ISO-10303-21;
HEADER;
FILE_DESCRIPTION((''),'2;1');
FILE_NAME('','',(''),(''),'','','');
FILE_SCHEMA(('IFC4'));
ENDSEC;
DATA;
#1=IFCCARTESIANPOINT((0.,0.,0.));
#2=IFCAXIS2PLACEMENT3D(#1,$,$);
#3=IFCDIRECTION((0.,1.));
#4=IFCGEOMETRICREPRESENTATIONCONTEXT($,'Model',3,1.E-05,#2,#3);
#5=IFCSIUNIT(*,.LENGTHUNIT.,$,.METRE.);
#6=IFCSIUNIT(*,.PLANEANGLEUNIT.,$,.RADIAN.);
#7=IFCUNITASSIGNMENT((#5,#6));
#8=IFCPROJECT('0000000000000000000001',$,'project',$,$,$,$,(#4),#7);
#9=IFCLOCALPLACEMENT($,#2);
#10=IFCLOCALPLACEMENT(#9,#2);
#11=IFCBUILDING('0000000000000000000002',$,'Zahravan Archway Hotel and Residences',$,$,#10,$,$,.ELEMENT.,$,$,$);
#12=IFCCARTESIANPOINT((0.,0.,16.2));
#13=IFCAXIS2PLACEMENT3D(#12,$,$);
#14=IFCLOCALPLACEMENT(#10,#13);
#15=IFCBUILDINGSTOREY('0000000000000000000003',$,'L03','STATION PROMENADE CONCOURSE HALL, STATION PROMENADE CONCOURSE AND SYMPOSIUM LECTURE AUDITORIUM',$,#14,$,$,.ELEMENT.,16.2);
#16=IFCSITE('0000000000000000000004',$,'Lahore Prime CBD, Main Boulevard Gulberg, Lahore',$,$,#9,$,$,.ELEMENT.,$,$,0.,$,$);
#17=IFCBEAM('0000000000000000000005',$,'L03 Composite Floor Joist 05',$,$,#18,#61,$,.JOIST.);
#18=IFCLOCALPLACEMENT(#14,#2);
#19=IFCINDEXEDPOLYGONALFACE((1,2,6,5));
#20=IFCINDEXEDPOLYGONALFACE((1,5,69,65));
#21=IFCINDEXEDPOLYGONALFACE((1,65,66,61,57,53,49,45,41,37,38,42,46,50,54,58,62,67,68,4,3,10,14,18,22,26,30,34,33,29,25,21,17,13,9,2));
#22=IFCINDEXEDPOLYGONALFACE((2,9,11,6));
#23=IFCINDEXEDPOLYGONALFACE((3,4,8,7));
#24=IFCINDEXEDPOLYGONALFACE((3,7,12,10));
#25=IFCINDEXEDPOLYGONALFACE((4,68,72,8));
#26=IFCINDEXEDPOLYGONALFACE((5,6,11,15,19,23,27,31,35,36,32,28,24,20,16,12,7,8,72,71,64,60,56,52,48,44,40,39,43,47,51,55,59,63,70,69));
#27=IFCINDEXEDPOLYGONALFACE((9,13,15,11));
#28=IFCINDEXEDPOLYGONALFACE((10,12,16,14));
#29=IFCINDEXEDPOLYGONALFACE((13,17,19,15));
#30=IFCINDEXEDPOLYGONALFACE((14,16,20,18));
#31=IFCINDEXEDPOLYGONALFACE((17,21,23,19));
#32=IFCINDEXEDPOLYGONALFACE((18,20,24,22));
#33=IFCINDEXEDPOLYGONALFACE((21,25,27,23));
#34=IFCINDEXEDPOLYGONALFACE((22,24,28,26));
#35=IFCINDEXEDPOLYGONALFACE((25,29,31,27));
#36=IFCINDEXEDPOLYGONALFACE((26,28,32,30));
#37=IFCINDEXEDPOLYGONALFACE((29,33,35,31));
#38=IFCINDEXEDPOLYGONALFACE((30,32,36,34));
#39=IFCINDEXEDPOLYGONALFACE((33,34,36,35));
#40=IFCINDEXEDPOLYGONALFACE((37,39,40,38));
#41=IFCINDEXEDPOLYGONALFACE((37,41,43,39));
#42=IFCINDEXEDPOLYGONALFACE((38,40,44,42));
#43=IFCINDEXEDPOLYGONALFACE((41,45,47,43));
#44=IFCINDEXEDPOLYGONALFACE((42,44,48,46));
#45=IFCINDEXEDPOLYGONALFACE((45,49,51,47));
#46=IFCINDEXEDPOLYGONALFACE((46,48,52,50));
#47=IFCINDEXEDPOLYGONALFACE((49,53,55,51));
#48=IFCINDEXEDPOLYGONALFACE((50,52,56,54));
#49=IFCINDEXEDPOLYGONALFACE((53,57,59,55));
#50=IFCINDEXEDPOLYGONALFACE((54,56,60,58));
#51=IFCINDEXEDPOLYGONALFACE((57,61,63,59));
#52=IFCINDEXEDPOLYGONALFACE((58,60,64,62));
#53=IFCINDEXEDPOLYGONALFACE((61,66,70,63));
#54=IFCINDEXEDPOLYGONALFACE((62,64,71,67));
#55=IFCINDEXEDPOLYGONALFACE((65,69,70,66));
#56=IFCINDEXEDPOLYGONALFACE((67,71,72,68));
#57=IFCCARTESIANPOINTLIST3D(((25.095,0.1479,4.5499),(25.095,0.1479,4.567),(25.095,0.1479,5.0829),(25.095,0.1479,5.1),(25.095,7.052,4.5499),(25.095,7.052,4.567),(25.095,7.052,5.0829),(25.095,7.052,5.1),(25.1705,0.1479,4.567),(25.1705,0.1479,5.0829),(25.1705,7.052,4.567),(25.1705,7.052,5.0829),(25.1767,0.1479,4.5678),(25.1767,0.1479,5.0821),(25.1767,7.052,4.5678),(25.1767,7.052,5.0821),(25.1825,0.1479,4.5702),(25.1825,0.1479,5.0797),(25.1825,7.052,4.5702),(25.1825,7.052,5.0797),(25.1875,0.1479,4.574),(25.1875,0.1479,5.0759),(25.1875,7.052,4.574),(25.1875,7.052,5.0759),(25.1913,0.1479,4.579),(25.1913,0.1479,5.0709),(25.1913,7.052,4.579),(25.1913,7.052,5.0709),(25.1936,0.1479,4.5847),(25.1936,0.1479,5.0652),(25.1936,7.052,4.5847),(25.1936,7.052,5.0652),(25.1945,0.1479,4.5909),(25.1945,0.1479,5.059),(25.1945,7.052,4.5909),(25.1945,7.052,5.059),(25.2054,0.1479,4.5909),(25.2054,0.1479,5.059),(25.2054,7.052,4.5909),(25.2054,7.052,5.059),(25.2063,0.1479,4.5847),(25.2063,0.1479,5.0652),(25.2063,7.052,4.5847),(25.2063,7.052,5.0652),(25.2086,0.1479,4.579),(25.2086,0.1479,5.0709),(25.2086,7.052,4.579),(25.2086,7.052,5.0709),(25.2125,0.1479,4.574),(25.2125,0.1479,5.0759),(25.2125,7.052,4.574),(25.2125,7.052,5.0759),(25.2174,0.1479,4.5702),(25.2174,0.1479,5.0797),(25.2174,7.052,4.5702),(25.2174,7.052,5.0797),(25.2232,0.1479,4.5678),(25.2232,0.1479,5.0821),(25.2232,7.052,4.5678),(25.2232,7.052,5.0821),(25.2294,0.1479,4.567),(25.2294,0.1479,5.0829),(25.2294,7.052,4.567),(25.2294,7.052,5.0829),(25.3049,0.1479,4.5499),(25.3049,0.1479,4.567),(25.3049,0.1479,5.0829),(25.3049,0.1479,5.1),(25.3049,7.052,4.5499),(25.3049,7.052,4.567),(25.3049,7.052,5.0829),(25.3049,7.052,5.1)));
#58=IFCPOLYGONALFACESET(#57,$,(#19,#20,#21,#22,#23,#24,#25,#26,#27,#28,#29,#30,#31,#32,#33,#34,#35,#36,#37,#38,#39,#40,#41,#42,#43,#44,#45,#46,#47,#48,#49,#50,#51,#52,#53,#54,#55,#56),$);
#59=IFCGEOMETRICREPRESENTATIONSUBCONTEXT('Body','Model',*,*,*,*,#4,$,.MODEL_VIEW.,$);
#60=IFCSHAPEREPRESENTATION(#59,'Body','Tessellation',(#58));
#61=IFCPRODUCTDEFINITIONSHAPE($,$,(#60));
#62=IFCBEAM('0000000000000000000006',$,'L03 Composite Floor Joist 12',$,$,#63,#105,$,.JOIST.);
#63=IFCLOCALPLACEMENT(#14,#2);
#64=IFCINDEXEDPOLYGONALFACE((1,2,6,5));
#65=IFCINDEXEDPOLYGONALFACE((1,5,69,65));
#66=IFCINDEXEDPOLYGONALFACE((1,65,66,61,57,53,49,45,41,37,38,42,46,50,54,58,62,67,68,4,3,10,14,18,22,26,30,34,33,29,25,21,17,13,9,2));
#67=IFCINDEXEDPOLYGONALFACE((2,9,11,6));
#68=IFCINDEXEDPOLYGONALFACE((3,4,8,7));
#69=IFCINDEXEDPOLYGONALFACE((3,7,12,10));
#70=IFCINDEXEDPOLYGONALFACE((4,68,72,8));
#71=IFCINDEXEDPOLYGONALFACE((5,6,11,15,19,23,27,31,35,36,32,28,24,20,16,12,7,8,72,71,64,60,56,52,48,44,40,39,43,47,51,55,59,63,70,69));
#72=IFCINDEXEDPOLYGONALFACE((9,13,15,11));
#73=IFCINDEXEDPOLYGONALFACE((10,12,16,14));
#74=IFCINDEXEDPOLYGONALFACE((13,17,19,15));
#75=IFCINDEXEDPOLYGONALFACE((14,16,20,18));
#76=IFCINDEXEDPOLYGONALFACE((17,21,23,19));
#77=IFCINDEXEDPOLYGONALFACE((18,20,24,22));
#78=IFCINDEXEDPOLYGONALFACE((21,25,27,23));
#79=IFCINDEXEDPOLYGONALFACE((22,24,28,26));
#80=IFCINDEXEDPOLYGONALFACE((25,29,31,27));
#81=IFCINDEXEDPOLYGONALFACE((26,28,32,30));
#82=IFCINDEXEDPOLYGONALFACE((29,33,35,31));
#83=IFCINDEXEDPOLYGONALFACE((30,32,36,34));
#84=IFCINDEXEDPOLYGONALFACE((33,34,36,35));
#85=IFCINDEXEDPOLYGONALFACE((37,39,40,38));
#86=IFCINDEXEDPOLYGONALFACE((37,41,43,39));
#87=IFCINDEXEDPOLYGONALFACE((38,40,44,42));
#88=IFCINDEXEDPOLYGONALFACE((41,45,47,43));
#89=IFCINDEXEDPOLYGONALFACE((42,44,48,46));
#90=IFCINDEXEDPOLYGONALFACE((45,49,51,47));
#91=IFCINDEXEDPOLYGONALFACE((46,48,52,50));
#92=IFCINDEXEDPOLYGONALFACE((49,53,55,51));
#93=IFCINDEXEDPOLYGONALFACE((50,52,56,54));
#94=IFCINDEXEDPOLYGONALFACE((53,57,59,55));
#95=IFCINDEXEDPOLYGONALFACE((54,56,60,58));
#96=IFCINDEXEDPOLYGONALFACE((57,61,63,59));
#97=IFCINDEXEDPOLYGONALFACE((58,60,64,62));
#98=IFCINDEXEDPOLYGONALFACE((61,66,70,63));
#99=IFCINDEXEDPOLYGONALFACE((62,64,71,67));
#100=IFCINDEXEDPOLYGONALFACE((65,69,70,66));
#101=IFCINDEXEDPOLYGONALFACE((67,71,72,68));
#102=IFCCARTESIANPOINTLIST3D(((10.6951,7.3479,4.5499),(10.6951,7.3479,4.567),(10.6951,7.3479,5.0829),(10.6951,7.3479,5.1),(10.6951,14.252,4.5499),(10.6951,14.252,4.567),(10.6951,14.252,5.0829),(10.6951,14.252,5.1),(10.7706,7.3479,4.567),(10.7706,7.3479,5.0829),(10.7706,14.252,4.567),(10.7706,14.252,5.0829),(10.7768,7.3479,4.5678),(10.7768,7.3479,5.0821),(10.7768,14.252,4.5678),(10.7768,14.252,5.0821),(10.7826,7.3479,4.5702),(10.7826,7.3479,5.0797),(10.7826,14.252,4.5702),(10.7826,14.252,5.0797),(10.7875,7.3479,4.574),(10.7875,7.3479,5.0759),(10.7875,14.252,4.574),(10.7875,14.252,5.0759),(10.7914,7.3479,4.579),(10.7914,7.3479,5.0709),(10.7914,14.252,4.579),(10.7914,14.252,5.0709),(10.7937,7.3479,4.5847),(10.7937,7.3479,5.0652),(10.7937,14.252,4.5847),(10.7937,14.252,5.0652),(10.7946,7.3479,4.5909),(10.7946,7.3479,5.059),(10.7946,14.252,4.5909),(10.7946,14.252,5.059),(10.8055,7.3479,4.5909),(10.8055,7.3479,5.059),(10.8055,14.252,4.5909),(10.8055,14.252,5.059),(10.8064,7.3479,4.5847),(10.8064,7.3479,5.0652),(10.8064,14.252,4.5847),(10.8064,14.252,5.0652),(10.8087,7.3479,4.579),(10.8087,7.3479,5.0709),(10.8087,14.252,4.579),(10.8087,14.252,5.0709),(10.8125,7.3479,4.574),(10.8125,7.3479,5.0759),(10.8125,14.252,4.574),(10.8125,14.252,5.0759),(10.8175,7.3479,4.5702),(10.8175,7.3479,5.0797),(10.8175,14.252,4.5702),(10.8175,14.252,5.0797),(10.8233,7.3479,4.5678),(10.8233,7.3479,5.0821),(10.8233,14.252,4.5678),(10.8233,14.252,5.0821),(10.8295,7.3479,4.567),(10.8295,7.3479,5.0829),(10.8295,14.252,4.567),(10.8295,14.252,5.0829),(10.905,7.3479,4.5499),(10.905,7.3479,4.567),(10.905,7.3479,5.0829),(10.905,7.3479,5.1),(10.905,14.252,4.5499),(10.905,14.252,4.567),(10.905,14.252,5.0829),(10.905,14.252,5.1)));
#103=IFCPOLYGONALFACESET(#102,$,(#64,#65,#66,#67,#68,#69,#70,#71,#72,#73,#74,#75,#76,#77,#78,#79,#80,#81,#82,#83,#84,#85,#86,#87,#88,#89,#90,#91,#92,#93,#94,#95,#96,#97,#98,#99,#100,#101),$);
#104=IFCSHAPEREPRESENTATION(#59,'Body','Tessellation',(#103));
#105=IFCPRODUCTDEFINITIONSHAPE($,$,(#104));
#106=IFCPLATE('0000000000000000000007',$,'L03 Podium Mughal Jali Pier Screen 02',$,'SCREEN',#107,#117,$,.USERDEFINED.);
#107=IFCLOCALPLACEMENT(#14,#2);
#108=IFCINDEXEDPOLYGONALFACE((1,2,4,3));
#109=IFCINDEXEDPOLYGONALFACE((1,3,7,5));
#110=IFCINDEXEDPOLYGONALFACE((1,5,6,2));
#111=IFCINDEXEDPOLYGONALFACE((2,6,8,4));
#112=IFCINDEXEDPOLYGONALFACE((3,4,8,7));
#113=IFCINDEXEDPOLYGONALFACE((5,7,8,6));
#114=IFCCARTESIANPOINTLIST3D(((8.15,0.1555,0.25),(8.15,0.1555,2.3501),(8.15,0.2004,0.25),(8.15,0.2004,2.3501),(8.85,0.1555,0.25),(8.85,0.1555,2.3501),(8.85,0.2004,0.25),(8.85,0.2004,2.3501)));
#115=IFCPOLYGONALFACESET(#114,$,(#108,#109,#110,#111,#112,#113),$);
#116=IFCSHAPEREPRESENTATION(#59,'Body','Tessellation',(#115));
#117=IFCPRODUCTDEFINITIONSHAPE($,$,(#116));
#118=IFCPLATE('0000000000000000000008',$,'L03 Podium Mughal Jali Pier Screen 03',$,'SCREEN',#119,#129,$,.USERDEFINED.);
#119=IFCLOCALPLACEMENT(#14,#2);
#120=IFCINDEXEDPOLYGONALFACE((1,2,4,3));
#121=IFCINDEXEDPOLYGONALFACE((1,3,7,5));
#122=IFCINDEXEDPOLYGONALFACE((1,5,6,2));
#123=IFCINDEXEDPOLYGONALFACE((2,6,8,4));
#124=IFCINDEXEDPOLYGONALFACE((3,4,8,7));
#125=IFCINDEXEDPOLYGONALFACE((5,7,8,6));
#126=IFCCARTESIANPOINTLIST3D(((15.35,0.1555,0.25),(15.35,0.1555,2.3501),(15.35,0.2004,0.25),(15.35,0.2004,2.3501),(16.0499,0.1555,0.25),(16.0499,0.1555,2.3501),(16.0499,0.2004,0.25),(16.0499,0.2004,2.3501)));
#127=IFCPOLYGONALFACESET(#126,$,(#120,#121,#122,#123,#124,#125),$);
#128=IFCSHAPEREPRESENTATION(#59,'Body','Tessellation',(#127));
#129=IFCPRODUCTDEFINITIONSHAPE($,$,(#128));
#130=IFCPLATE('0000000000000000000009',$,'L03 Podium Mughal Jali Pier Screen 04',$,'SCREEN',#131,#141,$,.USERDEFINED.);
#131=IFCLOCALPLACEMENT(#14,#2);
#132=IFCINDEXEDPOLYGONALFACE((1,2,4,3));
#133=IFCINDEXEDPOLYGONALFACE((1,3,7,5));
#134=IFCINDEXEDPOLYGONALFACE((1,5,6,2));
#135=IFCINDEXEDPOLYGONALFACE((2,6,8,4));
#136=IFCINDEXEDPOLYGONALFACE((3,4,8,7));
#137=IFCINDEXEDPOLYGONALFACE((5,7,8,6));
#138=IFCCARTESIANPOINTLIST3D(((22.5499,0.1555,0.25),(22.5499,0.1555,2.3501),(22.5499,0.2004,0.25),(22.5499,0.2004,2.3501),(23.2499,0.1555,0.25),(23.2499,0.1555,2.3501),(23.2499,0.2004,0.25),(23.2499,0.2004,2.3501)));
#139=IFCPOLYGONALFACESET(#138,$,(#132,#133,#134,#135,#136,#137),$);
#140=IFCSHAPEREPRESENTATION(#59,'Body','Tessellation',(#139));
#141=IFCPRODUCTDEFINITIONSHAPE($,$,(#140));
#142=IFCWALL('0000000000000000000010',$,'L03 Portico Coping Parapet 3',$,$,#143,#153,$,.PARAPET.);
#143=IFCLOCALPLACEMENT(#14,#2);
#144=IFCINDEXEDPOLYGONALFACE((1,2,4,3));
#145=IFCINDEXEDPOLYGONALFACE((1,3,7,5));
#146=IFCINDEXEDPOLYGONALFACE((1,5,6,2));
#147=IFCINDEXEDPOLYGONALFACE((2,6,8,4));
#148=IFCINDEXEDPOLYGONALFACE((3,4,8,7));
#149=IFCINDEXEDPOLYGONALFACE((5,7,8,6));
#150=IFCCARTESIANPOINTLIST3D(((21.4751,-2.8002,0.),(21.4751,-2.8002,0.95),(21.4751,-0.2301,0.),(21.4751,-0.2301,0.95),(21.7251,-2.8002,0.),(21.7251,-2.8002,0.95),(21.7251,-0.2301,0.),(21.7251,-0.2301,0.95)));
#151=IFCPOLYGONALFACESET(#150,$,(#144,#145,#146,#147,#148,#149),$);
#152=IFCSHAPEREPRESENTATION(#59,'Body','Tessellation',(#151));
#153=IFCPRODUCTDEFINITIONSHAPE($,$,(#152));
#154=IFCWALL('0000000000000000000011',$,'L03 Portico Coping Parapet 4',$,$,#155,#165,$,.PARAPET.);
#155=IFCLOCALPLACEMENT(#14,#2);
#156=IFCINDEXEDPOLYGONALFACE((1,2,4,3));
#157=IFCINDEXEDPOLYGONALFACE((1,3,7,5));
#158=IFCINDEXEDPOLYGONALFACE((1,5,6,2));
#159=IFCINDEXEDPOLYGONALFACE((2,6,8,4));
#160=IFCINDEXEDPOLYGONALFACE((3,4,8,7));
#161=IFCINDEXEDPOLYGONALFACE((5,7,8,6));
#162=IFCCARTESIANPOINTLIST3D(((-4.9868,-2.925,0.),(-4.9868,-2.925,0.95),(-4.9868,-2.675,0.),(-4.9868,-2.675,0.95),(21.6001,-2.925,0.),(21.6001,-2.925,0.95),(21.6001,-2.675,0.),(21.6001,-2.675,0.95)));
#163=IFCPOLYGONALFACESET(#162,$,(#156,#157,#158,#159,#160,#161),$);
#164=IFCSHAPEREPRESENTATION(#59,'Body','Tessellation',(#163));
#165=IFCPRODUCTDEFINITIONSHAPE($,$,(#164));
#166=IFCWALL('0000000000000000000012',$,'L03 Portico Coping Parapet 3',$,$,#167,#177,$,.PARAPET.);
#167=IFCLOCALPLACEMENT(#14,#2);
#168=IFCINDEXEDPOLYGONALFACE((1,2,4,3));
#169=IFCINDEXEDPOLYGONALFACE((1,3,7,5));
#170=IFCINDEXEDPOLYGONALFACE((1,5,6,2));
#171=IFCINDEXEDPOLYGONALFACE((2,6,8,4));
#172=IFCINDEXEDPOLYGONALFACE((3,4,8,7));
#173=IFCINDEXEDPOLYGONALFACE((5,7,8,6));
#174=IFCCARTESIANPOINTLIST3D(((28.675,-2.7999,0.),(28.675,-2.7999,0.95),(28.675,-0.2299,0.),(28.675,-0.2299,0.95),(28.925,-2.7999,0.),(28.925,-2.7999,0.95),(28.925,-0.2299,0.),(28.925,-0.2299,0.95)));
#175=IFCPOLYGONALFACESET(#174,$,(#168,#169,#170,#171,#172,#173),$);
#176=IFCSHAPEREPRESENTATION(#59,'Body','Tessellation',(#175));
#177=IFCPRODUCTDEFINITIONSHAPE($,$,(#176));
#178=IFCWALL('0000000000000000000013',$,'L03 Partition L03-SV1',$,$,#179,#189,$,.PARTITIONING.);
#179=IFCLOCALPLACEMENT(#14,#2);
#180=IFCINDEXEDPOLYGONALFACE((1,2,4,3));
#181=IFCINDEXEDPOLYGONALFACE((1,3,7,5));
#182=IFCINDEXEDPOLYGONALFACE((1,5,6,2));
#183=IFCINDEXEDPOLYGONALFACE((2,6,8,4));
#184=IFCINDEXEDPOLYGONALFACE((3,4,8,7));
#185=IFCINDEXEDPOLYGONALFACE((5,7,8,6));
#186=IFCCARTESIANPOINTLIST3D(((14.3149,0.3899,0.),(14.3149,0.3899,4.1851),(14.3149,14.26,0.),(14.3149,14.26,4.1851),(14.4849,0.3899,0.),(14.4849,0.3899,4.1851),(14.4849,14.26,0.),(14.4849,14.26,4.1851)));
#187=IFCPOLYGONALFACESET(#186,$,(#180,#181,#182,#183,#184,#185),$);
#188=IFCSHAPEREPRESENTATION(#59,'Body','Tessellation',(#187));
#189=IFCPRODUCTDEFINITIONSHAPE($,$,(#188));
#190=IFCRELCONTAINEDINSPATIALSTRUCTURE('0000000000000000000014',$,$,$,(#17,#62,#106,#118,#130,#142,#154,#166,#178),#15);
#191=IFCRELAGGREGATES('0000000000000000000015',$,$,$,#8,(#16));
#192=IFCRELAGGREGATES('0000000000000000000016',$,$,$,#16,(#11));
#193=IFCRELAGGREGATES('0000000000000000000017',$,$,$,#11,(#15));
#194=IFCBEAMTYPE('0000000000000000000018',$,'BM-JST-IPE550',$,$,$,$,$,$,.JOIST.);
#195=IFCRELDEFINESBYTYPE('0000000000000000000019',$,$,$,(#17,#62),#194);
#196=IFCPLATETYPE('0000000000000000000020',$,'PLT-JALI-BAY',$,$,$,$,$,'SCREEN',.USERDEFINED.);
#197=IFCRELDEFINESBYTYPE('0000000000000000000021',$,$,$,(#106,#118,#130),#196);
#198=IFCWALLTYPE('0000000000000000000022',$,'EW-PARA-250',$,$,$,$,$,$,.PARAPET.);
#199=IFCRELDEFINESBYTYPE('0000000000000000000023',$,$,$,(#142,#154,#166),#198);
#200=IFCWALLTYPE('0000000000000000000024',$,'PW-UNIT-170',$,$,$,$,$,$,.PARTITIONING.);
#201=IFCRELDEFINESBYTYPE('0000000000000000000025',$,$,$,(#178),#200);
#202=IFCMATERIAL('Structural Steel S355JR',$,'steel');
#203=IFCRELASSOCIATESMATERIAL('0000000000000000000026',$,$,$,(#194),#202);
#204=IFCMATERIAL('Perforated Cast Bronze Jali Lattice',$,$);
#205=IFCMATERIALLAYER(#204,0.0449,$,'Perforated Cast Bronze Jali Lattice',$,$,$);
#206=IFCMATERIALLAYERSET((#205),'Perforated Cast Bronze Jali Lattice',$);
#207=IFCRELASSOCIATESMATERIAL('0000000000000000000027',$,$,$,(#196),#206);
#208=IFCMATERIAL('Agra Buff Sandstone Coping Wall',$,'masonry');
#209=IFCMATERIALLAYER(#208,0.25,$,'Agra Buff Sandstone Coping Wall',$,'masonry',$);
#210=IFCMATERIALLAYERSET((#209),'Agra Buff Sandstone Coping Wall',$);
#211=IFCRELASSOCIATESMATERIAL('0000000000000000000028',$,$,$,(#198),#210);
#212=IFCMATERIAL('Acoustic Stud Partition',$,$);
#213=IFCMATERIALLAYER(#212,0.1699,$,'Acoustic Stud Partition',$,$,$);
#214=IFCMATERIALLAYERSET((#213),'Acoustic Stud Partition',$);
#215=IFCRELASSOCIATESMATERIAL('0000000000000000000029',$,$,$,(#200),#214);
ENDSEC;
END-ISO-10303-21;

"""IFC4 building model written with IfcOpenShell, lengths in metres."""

from ifc_helpers import new_model, si_unit, direction, frame, frame_2d, origin, origin_2d, place, context, subcontext, project, spatial, rectangle, i_section, extrude, source, transform, mapped, material, layer, layer_set, material_profile, profile_set, type_object, type_shapes, element, save


model = new_model("IFC4")

# Units and contexts
model_context = context("Model", 3, precision=1e-05, world=origin(), true_north=direction((0.0, 1.0)))
body_context = subcontext(model_context, "Body", "Model", "MODEL_VIEW")
ifc_project = project(units=[si_unit("LENGTHUNIT", "METRE"), si_unit("PLANEANGLEUNIT", "RADIAN")], contexts=[model_context])

# Site, building, storey
site_placement = place(None, origin())
site = spatial("IfcSite", under=ifc_project, at=site_placement, Name="Lahore Prime CBD, Main Boulevard Gulberg, Lahore", CompositionType="ELEMENT", RefElevation=0.0)
building_placement = place(site_placement, origin())
building = spatial("IfcBuilding", under=site, at=building_placement, Name="Zahravan Archway Hotel and Residences", CompositionType="ELEMENT")
storey_placement = place(building_placement, frame((0.0, 0.0, 16.2)))
storey = spatial("IfcBuildingStorey", under=building, at=storey_placement, Name="L03", Description="STATION PROMENADE CONCOURSE HALL, STATION PROMENADE CONCOURSE AND SYMPOSIUM LECTURE AUDITORIUM", CompositionType="ELEMENT", Elevation=16.2)

# Beams
ifc_material_1 = material(Name="Structural Steel S355JR", Category="steel")
ifc_material_profile_1 = material_profile(ifc_material_1, i_section(OverallWidth=0.21, OverallDepth=0.55, WebThickness=0.011, FlangeThickness=0.0171, FilletRadius=0.0239, at=origin_2d()), Name="IPE 550", Category="steel")
ifc_profile_set_1 = profile_set([ifc_material_profile_1], Name="Structural Steel S355JR")
beam_type_1 = type_object("IfcBeamType", Name="BM-JST-IPE550", PredefinedType="JOIST", material=ifc_profile_set_1)
shared_shape_1 = source(origin(), body_context, "Body", "SweptSolid", [
    extrude(i_section(OverallWidth=0.21, OverallDepth=0.55, WebThickness=0.011, FlangeThickness=0.0171, FilletRadius=0.0239, at=origin_2d()), origin(), (0.0, 0.0, 1.0), 6.9041),
])
type_shapes(beam_type_1, [shared_shape_1])
for number, where, z_axis, x_axis, name in (
    (1, (25.2, 0.1479, 4.825), (0.0, 1.0, 0.0), (-1.0, 0.0, 0.0), "L03 Composite Floor Joist 05"),
    (2, (10.8, 7.3479, 4.825), (0.0, 1.0, 0.0), (-1.0, 0.0, 0.0), "L03 Composite Floor Joist 12"),
):
    element("IfcBeam", number, at=place(storey_placement, frame(where, z_axis=z_axis, x_axis=x_axis)), inside=storey, type_object=beam_type_1, Name=name, PredefinedType="JOIST", context=body_context, shape_type="MappedRepresentation", body=[
        mapped(shared_shape_1, transform((0.0, 0.0, 0.0), scale=1.0)),
    ])

# Plates
ifc_material_2 = material(Name="Perforated Cast Bronze Jali Lattice")
ifc_layer_1 = layer(ifc_material_2, 0.0449, Name="Perforated Cast Bronze Jali Lattice")
ifc_layer_set_1 = layer_set([ifc_layer_1], Name="Perforated Cast Bronze Jali Lattice")
plate_type = type_object("IfcPlateType", Name="PLT-JALI-BAY", ElementType="SCREEN", PredefinedType="USERDEFINED", material=ifc_layer_set_1)
shared_shape_2 = source(origin(), body_context, "Body", "SweptSolid", [
    extrude(rectangle(XDim=0.7, YDim=0.0449, at=origin_2d()), origin(), (0.0, 0.0, 1.0), 2.1001),
])
type_shapes(plate_type, [shared_shape_2])
for number, where, z_axis, x_axis, name in (
    (3, (8.5, 0.178, 0.25), (0.0, 0.0, 1.0), (1.0, 0.0, 0.0), "L03 Podium Mughal Jali Pier Screen 02"),
    (4, (15.7, 0.178, 0.25), (0.0, 0.0, 1.0), (1.0, 0.0, 0.0), "L03 Podium Mughal Jali Pier Screen 03"),
    (5, (22.8999, 0.178, 0.25), (0.0, 0.0, 1.0), (1.0, 0.0, 0.0), "L03 Podium Mughal Jali Pier Screen 04"),
):
    element("IfcPlate", number, at=place(storey_placement, frame(where, z_axis=z_axis, x_axis=x_axis)), inside=storey, type_object=plate_type, Name=name, ObjectType="SCREEN", PredefinedType="USERDEFINED", context=body_context, shape_type="MappedRepresentation", body=[
        mapped(shared_shape_2, transform((0.0, 0.0, 0.0), scale=1.0)),
    ])

# Walls
ifc_material_3 = material(Name="Agra Buff Sandstone Coping Wall", Category="masonry")
ifc_layer_2 = layer(ifc_material_3, 0.25, Name="Agra Buff Sandstone Coping Wall", Category="masonry")
ifc_layer_set_2 = layer_set([ifc_layer_2], Name="Agra Buff Sandstone Coping Wall")
wall_type_1 = type_object("IfcWallType", Name="EW-PARA-250", PredefinedType="PARAPET", material=ifc_layer_set_2)
wall_1_placement = place(storey_placement, frame((21.6001, -0.23, 0.0), z_axis=(0.0, 0.0, 1.0), x_axis=(0.0, -1.0, 0.0)))
element("IfcWall", 6, at=wall_1_placement, inside=storey, type_object=wall_type_1, Name="L03 Portico Coping Parapet 3", PredefinedType="PARAPET", context=body_context, shape_type="SweptSolid", body=[
    extrude(rectangle(XDim=2.5701, YDim=0.25, at=frame_2d((1.2852, 0.0))), origin(), (0.0, 0.0, 1.0), 0.95),
])
wall_2_placement = place(storey_placement, frame((21.6001, -2.8, 0.0), z_axis=(0.0, 0.0, 1.0), x_axis=(-1.0, 0.0, 0.0)))
element("IfcWall", 7, at=wall_2_placement, inside=storey, type_object=wall_type_1, Name="L03 Portico Coping Parapet 4", PredefinedType="PARAPET", context=body_context, shape_type="SweptSolid", body=[
    extrude(rectangle(XDim=26.5869, YDim=0.25, at=frame_2d((13.2935, 0.0))), origin(), (0.0, 0.0, 1.0), 0.95),
])
wall_3_placement = place(storey_placement, frame((28.8, -2.8, 0.0), z_axis=(0.0, 0.0, 1.0), x_axis=(0.0, 1.0, 0.0)))
element("IfcWall", 8, at=wall_3_placement, inside=storey, type_object=wall_type_1, Name="L03 Portico Coping Parapet 3", PredefinedType="PARAPET", context=body_context, shape_type="SweptSolid", body=[
    extrude(rectangle(XDim=2.5701, YDim=0.25, at=frame_2d((1.2852, 0.0))), origin(), (0.0, 0.0, 1.0), 0.95),
])
ifc_material_4 = material(Name="Acoustic Stud Partition")
ifc_layer_3 = layer(ifc_material_4, 0.1699, Name="Acoustic Stud Partition")
ifc_layer_set_3 = layer_set([ifc_layer_3], Name="Acoustic Stud Partition")
wall_type_2 = type_object("IfcWallType", Name="PW-UNIT-170", PredefinedType="PARTITIONING", material=ifc_layer_set_3)
wall_4_placement = place(storey_placement, frame((14.3999, 0.3899, 0.0), z_axis=(0.0, 0.0, 1.0), x_axis=(0.0, 1.0, 0.0)))
element("IfcWall", 9, at=wall_4_placement, inside=storey, type_object=wall_type_2, Name="L03 Partition L03-SV1", PredefinedType="PARTITIONING", context=body_context, shape_type="SweptSolid", body=[
    extrude(rectangle(XDim=13.8701, YDim=0.1699, at=frame_2d((6.9351, 0.0))), origin(), (0.0, 0.0, 1.0), 4.1851),
])

save(model, "model.ifc")
